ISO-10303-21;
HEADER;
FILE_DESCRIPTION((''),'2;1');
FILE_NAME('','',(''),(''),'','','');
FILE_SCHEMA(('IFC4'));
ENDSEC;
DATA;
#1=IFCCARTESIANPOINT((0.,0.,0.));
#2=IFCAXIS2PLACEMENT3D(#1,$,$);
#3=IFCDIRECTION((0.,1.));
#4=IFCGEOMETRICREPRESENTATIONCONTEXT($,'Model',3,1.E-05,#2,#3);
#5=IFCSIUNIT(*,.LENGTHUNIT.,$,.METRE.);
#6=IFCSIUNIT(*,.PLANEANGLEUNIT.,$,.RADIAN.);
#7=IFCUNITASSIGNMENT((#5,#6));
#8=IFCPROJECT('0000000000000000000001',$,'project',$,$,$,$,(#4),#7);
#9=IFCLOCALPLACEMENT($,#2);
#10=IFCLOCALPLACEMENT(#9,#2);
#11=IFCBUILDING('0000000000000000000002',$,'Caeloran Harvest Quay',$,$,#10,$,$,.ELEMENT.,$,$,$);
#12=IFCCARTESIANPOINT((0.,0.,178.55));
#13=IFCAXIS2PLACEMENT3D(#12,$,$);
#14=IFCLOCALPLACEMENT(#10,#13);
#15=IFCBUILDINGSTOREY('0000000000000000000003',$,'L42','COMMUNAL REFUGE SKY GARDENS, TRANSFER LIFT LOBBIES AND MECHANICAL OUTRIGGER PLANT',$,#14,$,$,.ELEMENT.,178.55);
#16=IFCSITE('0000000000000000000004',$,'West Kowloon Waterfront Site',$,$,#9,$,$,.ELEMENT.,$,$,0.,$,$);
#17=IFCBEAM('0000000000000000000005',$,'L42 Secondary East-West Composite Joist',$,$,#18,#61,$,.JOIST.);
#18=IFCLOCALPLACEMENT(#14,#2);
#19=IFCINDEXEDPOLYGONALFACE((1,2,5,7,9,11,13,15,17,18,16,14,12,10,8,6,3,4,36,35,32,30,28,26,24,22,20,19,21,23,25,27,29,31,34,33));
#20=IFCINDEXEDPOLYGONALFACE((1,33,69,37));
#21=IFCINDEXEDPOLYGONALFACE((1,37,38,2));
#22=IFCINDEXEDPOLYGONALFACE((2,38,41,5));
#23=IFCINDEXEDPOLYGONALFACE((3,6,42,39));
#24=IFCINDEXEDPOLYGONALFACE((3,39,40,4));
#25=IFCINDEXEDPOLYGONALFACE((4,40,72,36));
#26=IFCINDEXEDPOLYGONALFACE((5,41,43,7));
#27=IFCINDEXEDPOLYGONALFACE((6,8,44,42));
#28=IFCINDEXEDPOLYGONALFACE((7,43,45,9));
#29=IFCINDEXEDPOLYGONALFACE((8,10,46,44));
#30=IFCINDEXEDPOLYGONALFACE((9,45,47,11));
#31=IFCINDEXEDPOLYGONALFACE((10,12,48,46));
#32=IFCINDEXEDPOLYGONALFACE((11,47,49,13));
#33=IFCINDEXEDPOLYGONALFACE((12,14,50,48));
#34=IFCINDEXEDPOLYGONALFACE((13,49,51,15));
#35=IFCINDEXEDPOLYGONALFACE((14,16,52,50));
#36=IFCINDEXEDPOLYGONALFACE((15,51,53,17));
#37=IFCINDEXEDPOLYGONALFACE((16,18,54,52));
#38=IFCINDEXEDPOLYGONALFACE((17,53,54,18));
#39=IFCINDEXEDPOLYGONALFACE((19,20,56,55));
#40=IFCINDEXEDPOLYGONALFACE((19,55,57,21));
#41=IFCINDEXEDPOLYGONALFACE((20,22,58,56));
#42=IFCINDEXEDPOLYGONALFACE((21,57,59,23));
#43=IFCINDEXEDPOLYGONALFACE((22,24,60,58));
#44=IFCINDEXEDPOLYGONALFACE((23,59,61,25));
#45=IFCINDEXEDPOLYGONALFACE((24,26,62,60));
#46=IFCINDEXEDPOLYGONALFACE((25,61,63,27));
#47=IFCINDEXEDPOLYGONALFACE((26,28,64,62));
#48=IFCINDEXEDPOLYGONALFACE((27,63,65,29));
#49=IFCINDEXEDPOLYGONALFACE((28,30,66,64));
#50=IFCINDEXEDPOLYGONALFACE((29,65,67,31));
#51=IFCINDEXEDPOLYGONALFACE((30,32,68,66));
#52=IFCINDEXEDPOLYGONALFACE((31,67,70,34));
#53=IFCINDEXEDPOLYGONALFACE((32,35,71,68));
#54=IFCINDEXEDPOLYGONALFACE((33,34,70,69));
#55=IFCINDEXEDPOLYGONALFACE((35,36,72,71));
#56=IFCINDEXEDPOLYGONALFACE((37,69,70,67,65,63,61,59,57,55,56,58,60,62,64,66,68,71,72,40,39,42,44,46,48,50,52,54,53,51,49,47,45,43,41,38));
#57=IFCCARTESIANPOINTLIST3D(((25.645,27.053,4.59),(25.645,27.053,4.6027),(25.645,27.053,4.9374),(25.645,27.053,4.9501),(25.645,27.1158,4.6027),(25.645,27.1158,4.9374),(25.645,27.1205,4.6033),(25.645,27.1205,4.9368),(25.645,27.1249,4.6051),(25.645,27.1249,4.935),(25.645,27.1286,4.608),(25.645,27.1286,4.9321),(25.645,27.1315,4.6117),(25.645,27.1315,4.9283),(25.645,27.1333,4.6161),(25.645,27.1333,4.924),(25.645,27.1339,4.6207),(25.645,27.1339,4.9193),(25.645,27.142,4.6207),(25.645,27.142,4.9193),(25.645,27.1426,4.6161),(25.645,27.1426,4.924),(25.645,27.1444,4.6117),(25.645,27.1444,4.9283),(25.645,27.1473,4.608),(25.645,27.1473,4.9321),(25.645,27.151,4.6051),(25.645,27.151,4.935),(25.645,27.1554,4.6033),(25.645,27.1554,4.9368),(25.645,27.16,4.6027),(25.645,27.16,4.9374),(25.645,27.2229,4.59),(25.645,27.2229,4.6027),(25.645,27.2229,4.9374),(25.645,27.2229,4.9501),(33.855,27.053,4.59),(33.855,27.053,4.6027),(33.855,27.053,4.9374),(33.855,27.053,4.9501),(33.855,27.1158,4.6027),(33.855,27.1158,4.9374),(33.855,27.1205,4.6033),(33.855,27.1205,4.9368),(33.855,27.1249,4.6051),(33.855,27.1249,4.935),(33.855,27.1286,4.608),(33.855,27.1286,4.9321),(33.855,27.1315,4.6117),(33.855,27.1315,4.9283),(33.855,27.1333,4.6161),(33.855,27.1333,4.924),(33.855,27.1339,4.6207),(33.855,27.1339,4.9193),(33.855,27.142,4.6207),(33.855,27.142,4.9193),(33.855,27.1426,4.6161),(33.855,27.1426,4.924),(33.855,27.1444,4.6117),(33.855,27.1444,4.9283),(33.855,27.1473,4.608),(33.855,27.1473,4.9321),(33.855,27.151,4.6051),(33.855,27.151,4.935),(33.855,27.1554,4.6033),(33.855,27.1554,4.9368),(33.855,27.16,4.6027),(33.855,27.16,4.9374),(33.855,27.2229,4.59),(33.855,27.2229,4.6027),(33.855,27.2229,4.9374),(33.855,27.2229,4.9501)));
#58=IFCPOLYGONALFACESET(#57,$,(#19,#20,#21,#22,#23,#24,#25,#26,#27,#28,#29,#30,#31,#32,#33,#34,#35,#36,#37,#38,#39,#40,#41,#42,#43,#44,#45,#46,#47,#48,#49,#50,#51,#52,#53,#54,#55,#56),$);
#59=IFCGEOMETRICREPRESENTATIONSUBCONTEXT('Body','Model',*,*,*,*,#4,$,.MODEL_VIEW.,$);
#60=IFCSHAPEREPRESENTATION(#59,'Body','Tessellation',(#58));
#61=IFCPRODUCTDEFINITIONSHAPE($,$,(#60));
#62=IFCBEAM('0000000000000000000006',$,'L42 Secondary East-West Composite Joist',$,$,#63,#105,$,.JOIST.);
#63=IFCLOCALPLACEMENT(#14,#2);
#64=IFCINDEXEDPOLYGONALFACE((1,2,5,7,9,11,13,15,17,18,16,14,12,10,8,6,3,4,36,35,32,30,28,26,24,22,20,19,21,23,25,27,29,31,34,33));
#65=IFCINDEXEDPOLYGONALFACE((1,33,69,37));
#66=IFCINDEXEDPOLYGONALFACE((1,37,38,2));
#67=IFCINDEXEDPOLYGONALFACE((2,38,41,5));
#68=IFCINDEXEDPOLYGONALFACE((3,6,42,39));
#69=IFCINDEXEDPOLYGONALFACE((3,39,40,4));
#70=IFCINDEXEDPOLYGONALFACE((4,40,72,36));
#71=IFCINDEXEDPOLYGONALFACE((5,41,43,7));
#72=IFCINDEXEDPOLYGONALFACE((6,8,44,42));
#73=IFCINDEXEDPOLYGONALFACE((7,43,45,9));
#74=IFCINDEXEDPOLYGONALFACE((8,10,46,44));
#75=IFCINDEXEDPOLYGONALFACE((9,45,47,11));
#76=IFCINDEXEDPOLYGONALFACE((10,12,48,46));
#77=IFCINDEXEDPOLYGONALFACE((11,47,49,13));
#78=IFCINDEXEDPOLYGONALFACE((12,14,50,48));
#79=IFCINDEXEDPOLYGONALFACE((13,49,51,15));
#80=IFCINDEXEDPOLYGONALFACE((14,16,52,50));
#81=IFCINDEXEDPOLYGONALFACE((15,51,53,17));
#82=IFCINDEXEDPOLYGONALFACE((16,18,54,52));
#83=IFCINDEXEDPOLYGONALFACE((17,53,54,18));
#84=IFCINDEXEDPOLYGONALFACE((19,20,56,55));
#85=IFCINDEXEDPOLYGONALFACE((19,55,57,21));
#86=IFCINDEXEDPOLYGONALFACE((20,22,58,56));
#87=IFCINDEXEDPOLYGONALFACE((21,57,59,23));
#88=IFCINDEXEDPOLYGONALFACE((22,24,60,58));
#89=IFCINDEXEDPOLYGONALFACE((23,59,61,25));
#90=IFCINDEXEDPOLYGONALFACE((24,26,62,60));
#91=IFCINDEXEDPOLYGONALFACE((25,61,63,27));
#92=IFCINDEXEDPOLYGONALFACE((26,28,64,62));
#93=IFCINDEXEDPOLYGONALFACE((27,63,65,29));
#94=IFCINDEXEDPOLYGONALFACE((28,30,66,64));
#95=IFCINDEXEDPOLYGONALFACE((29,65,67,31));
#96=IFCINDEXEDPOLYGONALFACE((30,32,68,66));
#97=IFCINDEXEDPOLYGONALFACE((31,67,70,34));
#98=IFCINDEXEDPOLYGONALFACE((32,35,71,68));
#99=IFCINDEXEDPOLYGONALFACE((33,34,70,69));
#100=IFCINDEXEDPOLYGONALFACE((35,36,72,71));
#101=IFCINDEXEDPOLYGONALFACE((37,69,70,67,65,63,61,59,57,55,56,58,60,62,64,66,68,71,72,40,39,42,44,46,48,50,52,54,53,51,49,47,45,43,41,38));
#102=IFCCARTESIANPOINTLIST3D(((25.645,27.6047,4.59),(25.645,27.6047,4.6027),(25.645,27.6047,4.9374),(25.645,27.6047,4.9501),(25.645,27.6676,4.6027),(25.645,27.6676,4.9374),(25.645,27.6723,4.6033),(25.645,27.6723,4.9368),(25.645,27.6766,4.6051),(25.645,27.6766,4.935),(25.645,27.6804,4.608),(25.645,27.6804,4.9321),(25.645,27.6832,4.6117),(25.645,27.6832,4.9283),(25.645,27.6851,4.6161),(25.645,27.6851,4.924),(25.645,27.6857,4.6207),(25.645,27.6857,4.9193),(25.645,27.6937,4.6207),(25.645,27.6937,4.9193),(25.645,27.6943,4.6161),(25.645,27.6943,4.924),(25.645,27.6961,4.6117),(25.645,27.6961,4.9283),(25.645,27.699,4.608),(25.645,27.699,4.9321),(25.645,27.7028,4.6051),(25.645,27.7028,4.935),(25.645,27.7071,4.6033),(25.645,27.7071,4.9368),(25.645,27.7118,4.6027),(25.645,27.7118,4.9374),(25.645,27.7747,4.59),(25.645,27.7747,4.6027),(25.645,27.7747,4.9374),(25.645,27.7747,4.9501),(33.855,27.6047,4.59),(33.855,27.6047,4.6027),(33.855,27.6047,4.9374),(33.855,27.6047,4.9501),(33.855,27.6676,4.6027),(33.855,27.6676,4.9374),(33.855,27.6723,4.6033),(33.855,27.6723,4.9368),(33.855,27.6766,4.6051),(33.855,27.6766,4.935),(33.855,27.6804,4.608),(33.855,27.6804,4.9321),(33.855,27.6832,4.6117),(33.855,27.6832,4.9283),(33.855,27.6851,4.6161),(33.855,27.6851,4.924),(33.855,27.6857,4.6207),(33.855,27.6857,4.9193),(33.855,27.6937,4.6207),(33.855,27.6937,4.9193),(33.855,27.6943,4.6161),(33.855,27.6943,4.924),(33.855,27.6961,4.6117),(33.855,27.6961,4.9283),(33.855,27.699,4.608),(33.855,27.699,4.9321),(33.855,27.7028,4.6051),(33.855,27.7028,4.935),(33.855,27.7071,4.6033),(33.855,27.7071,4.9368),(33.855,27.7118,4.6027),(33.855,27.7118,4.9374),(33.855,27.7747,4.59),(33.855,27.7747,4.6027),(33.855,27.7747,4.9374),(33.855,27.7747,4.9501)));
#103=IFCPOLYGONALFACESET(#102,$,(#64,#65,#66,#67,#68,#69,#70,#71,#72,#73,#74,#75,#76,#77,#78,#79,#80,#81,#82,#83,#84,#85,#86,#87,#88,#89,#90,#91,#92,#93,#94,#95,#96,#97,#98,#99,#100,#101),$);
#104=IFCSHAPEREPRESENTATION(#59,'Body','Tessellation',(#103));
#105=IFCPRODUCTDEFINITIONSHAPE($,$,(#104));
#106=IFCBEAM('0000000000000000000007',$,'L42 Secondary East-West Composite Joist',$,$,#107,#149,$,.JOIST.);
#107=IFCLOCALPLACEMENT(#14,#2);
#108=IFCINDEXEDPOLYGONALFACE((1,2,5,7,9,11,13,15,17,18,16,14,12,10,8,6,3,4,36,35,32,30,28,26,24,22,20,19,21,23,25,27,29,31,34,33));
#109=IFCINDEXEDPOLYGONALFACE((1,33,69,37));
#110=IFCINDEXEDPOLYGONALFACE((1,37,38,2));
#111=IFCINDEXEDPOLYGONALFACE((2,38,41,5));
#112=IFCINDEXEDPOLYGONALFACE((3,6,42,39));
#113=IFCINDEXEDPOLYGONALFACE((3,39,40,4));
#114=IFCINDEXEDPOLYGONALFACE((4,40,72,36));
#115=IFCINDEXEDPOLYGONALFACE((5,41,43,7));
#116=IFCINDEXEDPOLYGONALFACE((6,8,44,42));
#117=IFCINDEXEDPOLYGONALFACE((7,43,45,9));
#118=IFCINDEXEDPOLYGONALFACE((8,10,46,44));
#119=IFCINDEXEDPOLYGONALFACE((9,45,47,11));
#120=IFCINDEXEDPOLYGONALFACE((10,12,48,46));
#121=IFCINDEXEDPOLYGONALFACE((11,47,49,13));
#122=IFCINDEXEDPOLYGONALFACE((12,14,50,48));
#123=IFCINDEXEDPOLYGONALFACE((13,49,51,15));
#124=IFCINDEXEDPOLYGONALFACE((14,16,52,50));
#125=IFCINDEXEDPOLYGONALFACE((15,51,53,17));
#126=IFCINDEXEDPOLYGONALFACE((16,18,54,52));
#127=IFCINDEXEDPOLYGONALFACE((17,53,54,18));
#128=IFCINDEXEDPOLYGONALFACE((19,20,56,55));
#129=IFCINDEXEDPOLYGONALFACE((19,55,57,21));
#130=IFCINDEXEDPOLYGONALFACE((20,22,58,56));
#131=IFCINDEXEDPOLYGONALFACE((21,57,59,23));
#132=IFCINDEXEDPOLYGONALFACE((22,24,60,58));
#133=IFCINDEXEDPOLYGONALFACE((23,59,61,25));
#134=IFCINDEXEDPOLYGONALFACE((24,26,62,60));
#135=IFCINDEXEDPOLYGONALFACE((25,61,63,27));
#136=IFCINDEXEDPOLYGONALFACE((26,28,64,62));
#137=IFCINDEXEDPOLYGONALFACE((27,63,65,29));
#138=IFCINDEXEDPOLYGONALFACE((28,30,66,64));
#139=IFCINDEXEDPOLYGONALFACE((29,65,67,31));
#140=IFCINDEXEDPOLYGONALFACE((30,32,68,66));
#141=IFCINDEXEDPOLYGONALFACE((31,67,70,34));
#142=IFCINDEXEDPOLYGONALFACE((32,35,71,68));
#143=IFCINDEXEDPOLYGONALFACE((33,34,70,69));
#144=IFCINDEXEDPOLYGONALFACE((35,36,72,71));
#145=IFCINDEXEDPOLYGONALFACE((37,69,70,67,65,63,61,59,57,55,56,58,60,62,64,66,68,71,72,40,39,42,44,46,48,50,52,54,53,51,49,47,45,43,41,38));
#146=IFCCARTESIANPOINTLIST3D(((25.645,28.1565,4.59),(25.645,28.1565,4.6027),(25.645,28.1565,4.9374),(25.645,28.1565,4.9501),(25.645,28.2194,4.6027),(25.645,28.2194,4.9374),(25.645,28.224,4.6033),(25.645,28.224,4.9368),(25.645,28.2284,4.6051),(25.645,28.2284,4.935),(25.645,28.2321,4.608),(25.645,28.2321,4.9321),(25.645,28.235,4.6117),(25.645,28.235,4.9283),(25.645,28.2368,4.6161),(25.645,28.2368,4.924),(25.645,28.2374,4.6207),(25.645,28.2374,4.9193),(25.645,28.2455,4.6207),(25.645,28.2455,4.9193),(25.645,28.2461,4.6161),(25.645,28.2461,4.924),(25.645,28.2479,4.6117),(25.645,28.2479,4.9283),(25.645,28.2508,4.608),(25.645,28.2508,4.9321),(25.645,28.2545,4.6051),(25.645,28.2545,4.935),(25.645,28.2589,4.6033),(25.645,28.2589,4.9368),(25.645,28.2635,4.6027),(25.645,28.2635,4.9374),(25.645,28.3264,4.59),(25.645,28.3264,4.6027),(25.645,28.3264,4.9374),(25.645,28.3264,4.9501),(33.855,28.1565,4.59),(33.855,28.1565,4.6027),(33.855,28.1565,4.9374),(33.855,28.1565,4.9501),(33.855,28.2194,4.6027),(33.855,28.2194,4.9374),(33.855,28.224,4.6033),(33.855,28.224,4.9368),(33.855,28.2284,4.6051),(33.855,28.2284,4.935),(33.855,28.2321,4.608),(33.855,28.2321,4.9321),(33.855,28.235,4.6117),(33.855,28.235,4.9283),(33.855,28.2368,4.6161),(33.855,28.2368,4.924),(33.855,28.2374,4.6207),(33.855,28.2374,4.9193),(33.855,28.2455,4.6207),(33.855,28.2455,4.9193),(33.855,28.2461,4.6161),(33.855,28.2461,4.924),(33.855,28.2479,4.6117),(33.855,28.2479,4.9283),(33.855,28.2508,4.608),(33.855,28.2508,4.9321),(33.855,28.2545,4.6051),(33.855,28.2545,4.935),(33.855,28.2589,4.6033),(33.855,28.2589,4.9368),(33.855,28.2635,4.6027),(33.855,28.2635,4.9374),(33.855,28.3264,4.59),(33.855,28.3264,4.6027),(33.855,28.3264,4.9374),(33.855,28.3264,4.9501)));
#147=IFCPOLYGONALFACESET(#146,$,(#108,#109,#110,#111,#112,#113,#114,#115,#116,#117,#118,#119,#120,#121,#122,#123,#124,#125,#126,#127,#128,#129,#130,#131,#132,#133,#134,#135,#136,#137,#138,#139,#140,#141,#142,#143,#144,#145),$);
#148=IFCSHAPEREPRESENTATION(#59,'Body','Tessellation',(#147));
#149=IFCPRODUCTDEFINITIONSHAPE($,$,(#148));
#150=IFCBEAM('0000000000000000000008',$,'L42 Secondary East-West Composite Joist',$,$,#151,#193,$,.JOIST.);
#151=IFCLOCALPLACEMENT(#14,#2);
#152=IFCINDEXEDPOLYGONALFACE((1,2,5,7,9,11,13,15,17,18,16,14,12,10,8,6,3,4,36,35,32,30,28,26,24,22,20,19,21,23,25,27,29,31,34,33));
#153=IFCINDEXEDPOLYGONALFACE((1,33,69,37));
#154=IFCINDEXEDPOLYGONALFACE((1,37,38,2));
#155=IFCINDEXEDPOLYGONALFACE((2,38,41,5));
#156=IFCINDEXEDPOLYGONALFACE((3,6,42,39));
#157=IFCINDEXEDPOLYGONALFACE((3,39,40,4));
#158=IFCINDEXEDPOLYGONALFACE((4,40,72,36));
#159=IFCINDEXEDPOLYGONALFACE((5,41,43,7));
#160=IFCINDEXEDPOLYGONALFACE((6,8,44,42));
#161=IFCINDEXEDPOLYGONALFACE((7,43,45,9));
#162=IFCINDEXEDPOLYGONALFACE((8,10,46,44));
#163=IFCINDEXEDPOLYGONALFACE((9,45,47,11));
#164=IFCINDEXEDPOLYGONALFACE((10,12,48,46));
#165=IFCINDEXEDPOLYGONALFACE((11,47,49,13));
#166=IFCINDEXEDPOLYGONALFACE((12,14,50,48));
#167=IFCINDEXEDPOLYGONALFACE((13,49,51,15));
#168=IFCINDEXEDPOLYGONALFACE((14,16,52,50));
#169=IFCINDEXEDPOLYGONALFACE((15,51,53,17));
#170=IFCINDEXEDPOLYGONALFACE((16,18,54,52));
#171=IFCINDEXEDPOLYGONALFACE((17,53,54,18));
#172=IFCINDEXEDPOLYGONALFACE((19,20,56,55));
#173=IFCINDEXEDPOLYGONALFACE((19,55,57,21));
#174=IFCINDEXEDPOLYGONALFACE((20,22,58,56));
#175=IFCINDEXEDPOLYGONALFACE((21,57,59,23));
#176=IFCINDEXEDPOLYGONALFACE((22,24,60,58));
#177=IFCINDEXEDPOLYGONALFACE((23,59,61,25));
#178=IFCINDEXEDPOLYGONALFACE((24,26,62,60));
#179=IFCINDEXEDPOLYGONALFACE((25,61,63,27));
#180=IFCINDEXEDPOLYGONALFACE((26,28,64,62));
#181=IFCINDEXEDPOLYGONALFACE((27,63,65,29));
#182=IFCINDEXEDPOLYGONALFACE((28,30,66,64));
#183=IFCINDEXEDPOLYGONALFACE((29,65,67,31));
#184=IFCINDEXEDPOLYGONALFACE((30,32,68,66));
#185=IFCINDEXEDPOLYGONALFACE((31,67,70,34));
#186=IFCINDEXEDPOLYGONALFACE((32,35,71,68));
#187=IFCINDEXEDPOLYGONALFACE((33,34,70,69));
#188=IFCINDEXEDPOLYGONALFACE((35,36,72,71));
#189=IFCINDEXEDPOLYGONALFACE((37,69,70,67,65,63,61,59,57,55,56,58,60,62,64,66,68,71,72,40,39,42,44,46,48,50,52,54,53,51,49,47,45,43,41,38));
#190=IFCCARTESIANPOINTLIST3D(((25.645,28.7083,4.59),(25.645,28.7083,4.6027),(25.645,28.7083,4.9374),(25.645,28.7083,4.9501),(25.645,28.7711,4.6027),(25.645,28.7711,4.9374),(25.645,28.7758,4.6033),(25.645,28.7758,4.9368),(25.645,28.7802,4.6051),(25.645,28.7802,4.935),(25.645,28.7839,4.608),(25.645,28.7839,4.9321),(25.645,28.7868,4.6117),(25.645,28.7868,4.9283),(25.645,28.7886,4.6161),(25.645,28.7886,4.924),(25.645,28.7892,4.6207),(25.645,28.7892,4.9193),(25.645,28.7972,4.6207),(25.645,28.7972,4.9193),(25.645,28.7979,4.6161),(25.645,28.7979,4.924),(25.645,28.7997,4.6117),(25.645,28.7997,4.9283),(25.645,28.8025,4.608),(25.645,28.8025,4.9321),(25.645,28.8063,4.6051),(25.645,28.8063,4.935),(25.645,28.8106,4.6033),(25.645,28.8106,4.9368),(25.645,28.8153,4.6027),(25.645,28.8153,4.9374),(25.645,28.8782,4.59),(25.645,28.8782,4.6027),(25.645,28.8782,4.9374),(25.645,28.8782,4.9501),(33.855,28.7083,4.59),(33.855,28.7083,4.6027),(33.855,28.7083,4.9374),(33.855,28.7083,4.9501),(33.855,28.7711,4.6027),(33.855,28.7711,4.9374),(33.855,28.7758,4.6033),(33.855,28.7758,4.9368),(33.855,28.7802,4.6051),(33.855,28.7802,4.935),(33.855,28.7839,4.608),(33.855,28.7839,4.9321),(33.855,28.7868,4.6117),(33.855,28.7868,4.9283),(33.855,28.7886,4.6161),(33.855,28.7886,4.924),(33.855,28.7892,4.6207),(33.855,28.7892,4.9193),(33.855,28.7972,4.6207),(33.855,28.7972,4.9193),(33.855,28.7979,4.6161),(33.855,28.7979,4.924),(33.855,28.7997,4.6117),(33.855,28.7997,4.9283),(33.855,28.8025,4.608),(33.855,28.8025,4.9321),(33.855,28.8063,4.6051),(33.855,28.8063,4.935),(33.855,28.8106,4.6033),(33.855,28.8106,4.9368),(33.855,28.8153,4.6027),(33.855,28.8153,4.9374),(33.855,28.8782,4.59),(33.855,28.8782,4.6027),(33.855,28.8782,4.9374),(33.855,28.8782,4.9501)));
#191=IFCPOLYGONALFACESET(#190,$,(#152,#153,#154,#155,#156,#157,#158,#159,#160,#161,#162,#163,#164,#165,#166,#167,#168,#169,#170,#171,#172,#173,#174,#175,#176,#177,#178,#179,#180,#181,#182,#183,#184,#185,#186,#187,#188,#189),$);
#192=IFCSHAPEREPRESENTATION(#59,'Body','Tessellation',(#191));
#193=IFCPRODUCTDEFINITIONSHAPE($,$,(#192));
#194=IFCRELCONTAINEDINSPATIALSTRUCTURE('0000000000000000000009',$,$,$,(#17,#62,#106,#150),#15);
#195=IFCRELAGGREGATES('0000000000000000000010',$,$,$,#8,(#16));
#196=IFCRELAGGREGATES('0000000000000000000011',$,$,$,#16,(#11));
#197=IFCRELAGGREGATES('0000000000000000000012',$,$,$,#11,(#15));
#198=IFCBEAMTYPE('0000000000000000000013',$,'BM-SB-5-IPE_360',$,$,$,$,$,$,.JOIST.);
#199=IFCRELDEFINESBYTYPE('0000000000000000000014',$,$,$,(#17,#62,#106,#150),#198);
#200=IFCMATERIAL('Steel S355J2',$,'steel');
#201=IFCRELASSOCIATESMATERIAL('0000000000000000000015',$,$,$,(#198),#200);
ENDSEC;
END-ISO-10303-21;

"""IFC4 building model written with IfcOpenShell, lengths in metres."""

from ifc_helpers import new_model, si_unit, direction, frame, origin, origin_2d, place, context, subcontext, project, spatial, i_section, extrude, material, material_profile, profile_set, type_object, element, save


model = new_model("IFC4")

# Units and contexts
model_context = context("Model", 3, precision=1e-05, world=origin(), true_north=direction((0.0, 1.0)))
body_context = subcontext(model_context, "Body", "Model", "MODEL_VIEW")
ifc_project = project(units=[si_unit("LENGTHUNIT", "METRE"), si_unit("PLANEANGLEUNIT", "RADIAN")], contexts=[model_context])

# Site, building, storey
site_placement = place(None, origin())
site = spatial("IfcSite", under=ifc_project, at=site_placement, Name="West Kowloon Waterfront Site", CompositionType="ELEMENT", RefElevation=0.0)
building_placement = place(site_placement, origin())
building = spatial("IfcBuilding", under=site, at=building_placement, Name="Caeloran Harvest Quay", CompositionType="ELEMENT")
storey_placement = place(building_placement, frame((0.0, 0.0, 178.55)))
storey = spatial("IfcBuildingStorey", under=building, at=storey_placement, Name="L42", Description="COMMUNAL REFUGE SKY GARDENS, TRANSFER LIFT LOBBIES AND MECHANICAL OUTRIGGER PLANT", CompositionType="ELEMENT", Elevation=178.55)

# Beams
ifc_material_1 = material(Name="Steel S355J2", Category="steel")
ifc_material_profile_1 = material_profile(ifc_material_1, i_section(OverallWidth=0.1699, OverallDepth=0.3601, WebThickness=0.0081, FlangeThickness=0.0127, FilletRadius=0.0181, at=origin_2d()), Name="IPE 360")
ifc_profile_set_1 = profile_set([ifc_material_profile_1], Name="Steel S355J2")
beam_type_1 = type_object("IfcBeamType", Name="BM-SB-5-IPE_360", PredefinedType="JOIST", material=ifc_profile_set_1)
for number, where, z_axis, x_axis, name in (
    (1, (25.645, 27.1379, 4.77), (1.0, 0.0, 0.0), (0.0, 1.0, 0.0), "L42 Secondary East-West Composite Joist"),
    (2, (25.645, 27.6897, 4.77), (1.0, 0.0, 0.0), (0.0, 1.0, 0.0), "L42 Secondary East-West Composite Joist"),
    (3, (25.645, 28.2415, 4.77), (1.0, 0.0, 0.0), (0.0, 1.0, 0.0), "L42 Secondary East-West Composite Joist"),
    (4, (25.645, 28.7932, 4.77), (1.0, 0.0, 0.0), (0.0, 1.0, 0.0), "L42 Secondary East-West Composite Joist"),
):
    element("IfcBeam", number, at=place(storey_placement, frame(where, z_axis=z_axis, x_axis=x_axis)), inside=storey, type_object=beam_type_1, Name=name, PredefinedType="JOIST", context=body_context, shape_type="SweptSolid", body=[
        extrude(i_section(OverallWidth=0.1699, OverallDepth=0.3601, WebThickness=0.0081, FlangeThickness=0.0127, FilletRadius=0.0181, at=origin_2d()), origin(), (0.0, 0.0, 1.0), 8.21),
    ])

save(model, "model.ifc")
